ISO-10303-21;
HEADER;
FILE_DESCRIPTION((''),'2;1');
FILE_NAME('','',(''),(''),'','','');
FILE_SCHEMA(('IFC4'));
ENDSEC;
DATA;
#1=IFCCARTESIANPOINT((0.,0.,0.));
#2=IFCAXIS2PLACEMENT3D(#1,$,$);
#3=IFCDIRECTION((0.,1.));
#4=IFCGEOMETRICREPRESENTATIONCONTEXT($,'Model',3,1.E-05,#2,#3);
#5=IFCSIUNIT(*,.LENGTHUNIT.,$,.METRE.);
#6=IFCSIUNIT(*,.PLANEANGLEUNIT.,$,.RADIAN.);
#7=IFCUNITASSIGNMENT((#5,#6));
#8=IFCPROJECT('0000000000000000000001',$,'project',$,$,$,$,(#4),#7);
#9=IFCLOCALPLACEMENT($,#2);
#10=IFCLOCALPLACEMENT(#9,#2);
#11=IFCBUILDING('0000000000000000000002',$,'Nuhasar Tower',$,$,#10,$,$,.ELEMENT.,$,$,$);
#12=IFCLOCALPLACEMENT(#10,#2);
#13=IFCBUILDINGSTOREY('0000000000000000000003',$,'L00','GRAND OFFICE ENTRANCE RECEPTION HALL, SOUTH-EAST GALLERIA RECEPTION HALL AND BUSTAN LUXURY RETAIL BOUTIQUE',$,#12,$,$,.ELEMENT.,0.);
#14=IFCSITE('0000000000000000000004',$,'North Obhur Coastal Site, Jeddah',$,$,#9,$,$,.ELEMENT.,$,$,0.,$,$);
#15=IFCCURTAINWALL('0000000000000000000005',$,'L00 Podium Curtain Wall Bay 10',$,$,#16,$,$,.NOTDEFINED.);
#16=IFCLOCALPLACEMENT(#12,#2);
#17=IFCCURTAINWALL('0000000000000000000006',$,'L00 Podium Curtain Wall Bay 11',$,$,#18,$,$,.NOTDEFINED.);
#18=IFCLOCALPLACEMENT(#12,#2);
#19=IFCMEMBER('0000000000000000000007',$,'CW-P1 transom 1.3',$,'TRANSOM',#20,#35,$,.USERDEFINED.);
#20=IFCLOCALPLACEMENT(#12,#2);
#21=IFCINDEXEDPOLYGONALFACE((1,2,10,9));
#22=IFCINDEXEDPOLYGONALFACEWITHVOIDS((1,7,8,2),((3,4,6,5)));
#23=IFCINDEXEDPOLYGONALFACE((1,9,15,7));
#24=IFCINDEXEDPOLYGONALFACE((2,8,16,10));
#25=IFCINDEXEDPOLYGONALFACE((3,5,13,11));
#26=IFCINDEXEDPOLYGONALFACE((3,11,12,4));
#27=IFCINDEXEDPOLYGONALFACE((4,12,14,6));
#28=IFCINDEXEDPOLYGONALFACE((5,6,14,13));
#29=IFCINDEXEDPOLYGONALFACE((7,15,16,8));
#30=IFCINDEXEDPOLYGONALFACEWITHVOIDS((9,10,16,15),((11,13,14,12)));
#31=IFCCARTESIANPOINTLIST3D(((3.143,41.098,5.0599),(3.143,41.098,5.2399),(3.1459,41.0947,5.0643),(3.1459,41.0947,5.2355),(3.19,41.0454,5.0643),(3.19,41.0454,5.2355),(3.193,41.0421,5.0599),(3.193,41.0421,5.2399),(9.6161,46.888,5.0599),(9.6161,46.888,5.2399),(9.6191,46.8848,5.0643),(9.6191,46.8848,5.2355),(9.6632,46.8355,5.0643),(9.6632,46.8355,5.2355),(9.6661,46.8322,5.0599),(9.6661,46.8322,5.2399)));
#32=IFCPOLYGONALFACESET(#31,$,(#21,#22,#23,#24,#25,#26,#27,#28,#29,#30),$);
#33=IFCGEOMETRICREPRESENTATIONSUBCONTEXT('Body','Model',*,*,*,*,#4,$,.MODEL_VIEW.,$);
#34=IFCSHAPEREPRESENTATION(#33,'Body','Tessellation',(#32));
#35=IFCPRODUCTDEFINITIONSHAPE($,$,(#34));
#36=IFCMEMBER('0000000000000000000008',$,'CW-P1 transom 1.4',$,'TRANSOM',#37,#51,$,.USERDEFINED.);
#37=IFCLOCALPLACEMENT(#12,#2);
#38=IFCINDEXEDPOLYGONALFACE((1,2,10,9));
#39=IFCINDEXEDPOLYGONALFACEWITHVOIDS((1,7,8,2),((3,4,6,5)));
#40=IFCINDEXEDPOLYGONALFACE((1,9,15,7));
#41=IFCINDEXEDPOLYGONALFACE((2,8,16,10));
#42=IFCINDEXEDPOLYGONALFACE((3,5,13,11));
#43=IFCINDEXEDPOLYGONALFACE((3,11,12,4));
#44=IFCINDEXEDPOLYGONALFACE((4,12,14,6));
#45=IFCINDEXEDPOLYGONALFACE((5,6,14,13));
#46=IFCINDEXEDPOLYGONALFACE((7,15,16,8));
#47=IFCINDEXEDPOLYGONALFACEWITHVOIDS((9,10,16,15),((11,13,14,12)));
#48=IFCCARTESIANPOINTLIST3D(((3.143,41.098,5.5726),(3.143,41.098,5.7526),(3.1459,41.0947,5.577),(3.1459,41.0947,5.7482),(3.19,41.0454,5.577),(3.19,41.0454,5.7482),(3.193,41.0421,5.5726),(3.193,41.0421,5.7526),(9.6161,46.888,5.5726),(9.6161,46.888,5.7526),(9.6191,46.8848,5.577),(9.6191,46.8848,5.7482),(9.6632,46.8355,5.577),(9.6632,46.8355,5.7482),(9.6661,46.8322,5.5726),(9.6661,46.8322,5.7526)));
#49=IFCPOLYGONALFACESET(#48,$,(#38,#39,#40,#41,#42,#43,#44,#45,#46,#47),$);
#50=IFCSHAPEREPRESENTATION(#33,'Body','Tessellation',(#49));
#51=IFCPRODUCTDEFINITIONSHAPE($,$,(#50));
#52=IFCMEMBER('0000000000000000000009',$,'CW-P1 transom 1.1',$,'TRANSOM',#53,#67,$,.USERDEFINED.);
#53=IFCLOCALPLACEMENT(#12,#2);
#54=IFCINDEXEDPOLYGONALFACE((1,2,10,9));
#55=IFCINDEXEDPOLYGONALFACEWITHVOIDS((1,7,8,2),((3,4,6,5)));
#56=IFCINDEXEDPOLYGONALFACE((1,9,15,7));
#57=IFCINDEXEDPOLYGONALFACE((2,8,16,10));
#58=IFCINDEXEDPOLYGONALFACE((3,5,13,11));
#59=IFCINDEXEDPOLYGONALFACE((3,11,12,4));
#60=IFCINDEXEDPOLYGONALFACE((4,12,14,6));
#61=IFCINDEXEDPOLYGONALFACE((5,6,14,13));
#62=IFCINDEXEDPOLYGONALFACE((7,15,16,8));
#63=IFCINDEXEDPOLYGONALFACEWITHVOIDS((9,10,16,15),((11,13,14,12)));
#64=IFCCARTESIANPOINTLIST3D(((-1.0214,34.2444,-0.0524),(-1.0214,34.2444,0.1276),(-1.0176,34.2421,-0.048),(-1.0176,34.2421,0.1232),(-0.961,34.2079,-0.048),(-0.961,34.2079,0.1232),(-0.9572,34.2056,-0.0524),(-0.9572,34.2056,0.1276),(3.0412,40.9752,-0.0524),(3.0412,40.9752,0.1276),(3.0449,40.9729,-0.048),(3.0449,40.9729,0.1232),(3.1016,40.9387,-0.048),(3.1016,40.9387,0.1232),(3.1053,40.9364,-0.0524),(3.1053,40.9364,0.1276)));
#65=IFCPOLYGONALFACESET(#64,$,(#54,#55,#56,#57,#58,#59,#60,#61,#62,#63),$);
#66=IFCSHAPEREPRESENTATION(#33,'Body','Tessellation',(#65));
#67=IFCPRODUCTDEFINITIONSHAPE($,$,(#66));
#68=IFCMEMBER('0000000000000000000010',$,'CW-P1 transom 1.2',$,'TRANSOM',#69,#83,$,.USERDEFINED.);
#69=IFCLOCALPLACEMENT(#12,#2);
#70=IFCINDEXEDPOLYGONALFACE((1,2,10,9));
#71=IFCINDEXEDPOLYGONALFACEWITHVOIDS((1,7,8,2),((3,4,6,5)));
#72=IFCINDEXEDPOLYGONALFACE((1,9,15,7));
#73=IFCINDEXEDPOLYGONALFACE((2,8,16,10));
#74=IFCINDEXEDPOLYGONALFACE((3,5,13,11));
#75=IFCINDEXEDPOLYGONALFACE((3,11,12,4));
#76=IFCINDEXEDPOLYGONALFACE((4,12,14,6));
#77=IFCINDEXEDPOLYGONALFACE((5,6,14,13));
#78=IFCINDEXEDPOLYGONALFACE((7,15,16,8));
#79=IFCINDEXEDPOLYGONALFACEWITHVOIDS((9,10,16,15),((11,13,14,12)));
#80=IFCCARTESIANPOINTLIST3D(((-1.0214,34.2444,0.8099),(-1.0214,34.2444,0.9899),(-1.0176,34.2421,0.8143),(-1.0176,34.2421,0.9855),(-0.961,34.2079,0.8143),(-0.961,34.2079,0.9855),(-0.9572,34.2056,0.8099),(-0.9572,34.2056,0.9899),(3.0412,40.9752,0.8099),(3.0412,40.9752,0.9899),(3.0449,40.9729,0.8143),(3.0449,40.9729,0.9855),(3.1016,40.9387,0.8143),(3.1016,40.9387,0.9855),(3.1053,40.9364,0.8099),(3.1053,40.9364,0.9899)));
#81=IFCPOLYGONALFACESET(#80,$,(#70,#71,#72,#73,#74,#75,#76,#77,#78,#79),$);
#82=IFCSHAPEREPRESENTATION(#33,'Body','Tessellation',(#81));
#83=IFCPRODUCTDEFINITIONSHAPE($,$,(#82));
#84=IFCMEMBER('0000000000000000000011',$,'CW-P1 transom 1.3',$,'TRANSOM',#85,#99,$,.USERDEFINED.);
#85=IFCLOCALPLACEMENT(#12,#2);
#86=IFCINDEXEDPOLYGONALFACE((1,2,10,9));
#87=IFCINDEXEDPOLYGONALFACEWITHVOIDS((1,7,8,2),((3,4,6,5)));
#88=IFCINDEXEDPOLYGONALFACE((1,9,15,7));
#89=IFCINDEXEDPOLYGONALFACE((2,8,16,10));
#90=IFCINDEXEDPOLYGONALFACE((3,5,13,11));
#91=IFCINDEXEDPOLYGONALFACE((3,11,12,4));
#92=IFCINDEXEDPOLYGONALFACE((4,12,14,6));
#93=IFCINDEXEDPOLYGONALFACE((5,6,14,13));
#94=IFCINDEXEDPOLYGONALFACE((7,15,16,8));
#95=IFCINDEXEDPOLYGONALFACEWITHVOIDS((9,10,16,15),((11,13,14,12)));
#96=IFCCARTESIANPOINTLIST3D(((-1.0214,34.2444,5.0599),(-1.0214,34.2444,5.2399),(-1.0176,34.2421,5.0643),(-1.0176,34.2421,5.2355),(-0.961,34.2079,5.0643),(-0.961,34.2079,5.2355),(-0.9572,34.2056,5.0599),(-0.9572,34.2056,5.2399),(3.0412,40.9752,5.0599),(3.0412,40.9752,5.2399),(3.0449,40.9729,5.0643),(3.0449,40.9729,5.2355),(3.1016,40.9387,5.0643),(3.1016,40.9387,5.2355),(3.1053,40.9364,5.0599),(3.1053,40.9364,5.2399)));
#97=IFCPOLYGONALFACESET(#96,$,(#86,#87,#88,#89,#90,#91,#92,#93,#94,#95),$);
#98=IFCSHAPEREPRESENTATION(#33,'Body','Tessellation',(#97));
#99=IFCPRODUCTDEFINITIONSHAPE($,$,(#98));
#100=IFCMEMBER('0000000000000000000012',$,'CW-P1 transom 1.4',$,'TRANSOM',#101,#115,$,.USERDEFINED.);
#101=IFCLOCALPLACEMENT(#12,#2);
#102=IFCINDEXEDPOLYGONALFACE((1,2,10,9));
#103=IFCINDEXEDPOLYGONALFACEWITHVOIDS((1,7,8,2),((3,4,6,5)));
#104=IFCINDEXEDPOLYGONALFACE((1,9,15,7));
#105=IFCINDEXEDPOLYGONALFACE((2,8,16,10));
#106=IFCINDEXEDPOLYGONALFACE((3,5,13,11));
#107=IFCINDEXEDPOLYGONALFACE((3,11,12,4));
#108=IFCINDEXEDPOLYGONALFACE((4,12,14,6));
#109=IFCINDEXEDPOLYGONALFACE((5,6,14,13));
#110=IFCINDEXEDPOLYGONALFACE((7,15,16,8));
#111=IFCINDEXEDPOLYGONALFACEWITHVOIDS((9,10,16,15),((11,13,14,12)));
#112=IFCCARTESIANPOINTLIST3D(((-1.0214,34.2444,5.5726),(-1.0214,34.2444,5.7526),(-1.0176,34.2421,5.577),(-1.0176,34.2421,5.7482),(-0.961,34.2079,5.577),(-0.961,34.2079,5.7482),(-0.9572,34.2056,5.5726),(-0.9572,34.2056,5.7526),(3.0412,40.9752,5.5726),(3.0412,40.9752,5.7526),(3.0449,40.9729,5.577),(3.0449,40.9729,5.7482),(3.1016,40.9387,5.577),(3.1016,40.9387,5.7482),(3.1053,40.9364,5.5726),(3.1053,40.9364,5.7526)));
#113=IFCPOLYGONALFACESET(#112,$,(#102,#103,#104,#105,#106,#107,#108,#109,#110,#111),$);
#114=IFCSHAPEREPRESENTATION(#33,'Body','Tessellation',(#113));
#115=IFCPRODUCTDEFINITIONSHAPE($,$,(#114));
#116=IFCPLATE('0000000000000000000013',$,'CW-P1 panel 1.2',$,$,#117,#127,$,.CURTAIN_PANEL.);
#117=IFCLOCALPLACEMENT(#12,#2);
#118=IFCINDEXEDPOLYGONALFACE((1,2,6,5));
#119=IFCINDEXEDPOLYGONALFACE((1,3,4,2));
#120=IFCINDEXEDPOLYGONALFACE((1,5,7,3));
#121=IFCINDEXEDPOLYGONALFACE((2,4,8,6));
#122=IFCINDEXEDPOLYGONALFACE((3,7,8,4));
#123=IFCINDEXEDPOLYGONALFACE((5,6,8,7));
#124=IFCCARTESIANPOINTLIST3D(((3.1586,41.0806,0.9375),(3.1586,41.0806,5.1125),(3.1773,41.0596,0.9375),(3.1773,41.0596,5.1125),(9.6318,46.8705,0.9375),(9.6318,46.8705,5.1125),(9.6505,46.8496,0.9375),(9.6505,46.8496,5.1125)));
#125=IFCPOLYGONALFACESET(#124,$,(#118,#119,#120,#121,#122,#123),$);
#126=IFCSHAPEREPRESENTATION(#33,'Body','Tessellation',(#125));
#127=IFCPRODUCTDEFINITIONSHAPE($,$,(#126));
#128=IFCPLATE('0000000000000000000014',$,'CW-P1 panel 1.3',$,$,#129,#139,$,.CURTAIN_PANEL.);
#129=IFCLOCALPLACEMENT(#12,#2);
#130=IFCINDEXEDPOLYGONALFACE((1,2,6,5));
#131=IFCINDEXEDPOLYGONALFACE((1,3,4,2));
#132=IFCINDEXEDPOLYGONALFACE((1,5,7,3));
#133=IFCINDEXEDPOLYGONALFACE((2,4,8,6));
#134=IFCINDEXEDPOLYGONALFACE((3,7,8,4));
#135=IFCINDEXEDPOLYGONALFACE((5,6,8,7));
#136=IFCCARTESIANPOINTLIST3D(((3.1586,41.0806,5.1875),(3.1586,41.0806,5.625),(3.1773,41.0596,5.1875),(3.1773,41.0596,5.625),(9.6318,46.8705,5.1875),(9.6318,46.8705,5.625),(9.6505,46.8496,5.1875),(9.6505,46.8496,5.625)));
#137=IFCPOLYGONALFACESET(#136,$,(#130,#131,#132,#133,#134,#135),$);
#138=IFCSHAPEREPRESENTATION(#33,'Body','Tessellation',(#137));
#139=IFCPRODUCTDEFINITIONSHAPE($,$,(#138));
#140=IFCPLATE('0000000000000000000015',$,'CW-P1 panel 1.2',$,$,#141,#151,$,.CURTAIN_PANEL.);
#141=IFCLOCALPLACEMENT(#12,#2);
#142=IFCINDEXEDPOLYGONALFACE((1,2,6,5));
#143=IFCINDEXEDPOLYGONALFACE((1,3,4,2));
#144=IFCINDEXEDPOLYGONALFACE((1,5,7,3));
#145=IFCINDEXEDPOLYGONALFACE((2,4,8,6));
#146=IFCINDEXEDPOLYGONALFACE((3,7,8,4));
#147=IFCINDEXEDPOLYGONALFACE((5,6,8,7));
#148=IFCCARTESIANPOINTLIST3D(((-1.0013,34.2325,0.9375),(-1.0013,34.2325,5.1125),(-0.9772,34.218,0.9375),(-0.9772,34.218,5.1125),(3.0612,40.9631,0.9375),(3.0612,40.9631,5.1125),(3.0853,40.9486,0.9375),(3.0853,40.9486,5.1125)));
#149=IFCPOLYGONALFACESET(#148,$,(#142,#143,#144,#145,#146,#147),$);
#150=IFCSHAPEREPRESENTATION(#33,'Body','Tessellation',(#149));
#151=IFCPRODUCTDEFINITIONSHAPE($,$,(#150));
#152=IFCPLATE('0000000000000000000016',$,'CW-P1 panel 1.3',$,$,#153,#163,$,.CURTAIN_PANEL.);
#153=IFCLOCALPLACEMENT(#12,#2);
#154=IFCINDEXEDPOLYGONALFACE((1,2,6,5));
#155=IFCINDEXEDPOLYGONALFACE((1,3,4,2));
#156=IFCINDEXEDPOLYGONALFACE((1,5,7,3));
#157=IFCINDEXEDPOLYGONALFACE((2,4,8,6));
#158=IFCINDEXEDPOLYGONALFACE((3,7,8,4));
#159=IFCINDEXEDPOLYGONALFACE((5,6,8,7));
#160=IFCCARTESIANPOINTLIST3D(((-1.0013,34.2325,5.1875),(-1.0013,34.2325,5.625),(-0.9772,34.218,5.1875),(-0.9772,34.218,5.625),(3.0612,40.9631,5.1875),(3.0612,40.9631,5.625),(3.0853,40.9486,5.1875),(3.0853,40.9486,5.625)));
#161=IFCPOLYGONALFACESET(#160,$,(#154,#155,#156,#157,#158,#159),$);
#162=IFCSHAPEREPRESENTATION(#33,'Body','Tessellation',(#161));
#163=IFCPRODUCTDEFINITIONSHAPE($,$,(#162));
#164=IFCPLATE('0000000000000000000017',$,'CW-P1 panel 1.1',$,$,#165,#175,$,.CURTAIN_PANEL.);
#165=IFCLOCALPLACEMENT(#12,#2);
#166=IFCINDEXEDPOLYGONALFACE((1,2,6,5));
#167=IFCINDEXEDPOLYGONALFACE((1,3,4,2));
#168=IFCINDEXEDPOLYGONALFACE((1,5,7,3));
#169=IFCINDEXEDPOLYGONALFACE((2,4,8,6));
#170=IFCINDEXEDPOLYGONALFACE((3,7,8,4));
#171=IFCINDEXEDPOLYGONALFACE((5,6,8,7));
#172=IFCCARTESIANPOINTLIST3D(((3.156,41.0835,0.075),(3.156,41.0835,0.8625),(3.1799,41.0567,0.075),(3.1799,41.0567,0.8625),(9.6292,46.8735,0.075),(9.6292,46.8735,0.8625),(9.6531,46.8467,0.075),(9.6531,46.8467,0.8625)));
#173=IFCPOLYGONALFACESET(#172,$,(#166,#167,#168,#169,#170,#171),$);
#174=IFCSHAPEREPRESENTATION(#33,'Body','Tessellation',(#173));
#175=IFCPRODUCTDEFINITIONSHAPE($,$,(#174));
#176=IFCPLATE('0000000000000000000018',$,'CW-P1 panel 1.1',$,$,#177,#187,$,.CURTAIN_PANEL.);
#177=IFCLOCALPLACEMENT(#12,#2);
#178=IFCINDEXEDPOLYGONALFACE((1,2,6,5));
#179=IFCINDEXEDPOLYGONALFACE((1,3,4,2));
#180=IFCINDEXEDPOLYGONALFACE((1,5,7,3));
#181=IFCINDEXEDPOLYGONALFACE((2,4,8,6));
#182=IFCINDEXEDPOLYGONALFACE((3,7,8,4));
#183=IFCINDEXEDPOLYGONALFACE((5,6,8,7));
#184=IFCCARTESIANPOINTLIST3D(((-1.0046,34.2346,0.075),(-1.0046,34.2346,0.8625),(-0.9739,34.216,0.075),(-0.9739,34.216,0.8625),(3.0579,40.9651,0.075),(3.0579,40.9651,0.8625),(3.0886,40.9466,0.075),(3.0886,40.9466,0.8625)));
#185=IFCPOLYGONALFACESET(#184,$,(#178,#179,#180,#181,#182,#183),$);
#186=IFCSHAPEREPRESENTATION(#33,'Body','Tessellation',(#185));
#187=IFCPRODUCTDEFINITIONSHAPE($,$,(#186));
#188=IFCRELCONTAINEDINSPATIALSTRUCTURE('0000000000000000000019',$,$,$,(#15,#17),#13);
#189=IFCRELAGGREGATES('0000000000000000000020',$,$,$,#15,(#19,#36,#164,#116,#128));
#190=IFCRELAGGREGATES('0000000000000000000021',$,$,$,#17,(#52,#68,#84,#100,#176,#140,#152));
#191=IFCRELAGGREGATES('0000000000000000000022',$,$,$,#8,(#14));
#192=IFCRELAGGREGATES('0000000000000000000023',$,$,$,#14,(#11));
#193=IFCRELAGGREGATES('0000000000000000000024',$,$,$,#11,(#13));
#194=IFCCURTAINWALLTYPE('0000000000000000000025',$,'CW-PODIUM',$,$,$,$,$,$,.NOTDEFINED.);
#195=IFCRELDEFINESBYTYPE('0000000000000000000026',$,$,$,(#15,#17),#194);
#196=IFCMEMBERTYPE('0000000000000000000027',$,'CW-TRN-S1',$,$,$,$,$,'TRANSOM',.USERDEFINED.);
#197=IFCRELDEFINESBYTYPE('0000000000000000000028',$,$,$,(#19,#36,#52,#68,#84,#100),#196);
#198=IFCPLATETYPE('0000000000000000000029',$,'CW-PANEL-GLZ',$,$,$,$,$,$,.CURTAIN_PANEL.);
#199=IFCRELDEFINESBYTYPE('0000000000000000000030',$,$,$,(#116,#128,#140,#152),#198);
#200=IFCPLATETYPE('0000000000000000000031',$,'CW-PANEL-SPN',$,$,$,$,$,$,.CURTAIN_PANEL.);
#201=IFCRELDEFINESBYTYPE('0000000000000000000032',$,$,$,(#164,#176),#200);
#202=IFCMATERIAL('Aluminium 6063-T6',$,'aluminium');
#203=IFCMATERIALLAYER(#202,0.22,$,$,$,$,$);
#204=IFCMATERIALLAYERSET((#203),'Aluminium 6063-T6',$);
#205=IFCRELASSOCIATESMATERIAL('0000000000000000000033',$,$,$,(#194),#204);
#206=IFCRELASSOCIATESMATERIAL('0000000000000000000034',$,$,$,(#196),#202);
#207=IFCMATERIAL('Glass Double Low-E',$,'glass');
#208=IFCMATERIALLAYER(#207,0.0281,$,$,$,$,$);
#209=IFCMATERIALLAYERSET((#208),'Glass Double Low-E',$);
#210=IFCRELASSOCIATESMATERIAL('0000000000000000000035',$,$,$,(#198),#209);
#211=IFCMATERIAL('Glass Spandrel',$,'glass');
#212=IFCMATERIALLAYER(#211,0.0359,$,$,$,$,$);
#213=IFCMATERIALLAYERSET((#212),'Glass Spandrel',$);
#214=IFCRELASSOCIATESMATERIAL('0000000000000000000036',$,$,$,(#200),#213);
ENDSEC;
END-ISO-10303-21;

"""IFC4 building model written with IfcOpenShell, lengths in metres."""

from ifc_helpers import new_model, si_unit, direction, frame, origin, origin_2d, place, context, subcontext, project, spatial, rectangle, hollow_rectangle, extrude, material, layer, layer_set, material_profile, profile_set, type_object, element, aggregate, save


model = new_model("IFC4")

# Units and contexts
model_context = context("Model", 3, precision=1e-05, world=origin(), true_north=direction((0.0, 1.0)))
body_context = subcontext(model_context, "Body", "Model", "MODEL_VIEW")
ifc_project = project(units=[si_unit("LENGTHUNIT", "METRE"), si_unit("PLANEANGLEUNIT", "RADIAN")], contexts=[model_context])

# Site, building, storey
site_placement = place(None, origin())
site = spatial("IfcSite", under=ifc_project, at=site_placement, Name="North Obhur Coastal Site, Jeddah", CompositionType="ELEMENT", RefElevation=0.0)
building_placement = place(site_placement, origin())
building = spatial("IfcBuilding", under=site, at=building_placement, Name="Nuhasar Tower", CompositionType="ELEMENT")
storey_placement = place(building_placement, origin())
storey = spatial("IfcBuildingStorey", under=building, at=storey_placement, Name="L00", Description="GRAND OFFICE ENTRANCE RECEPTION HALL, SOUTH-EAST GALLERIA RECEPTION HALL AND BUSTAN LUXURY RETAIL BOUTIQUE", CompositionType="ELEMENT", Elevation=0.0)

# Shared definitions
ifc_material_1 = material(Name="Aluminium 6063-T6", Category="aluminium")
ifc_layer_1 = layer(ifc_material_1, 0.22)
ifc_layer_set_1 = layer_set([ifc_layer_1], Name="Aluminium 6063-T6")
curtain_wall_type = type_object("IfcCurtainWallType", Name="CW-PODIUM", PredefinedType="NOTDEFINED", material=ifc_layer_set_1)

# Curtain walls
curtain_wall_1_placement = place(storey_placement, origin())
curtain_wall_1 = element("IfcCurtainWall", 1, at=curtain_wall_1_placement, inside=storey, type_object=curtain_wall_type, Name="L00 Podium Curtain Wall Bay 10", PredefinedType="NOTDEFINED")
curtain_wall_2_placement = place(storey_placement, origin())
curtain_wall_2 = element("IfcCurtainWall", 2, at=curtain_wall_2_placement, inside=storey, type_object=curtain_wall_type, Name="L00 Podium Curtain Wall Bay 11", PredefinedType="NOTDEFINED")

# Members
ifc_material_profile_1 = material_profile(ifc_material_1, hollow_rectangle(XDim=0.075, YDim=0.1799, WallThickness=0.0044, at=origin_2d()), Name="CWT-1")
ifc_profile_set_1 = profile_set([ifc_material_profile_1], Name="Aluminium 6063-T6")
member_type_1 = type_object("IfcMemberType", Name="CW-TRN-S1", ElementType="TRANSOM", PredefinedType="USERDEFINED", material=ifc_profile_set_1)
member_1_placement = place(storey_placement, frame((9.6411, 46.8601, 5.1499), z_axis=(-0.74534, -0.666685, 0.0), x_axis=(0.666685, -0.74534, 0.0)))
member_1 = element("IfcMember", 3, at=member_1_placement, type_object=member_type_1, Name="CW-P1 transom 1.3", ObjectType="TRANSOM", PredefinedType="USERDEFINED", context=body_context, shape_type="SweptSolid", body=[
    extrude(hollow_rectangle(XDim=0.075, YDim=0.1799, WallThickness=0.0044, at=origin_2d()), origin(), (0.0, 0.0, 1.0), 8.6848),
])
member_2_placement = place(storey_placement, frame((9.6411, 46.8601, 5.6626), z_axis=(-0.74534, -0.666685, 0.0), x_axis=(0.666685, -0.74534, 0.0)))
member_2 = element("IfcMember", 4, at=member_2_placement, type_object=member_type_1, Name="CW-P1 transom 1.4", ObjectType="TRANSOM", PredefinedType="USERDEFINED", context=body_context, shape_type="SweptSolid", body=[
    extrude(hollow_rectangle(XDim=0.075, YDim=0.1799, WallThickness=0.0044, at=origin_2d()), origin(), (0.0, 0.0, 1.0), 8.6848),
])
member_3_placement = place(storey_placement, frame((3.0732, 40.9558, 0.0376), z_axis=(-0.516745, -0.856139, 0.0), x_axis=(0.856139, -0.516745, 0.0)))
member_3 = element("IfcMember", 5, at=member_3_placement, type_object=member_type_1, Name="CW-P1 transom 1.1", ObjectType="TRANSOM", PredefinedType="USERDEFINED", context=body_context, shape_type="SweptSolid", body=[
    extrude(hollow_rectangle(XDim=0.075, YDim=0.1799, WallThickness=0.0044, at=origin_2d()), origin(), (0.0, 0.0, 1.0), 7.8618),
])
member_4_placement = place(storey_placement, frame((3.0732, 40.9558, 0.8999), z_axis=(-0.516745, -0.856139, 0.0), x_axis=(0.856139, -0.516745, 0.0)))
member_4 = element("IfcMember", 6, at=member_4_placement, type_object=member_type_1, Name="CW-P1 transom 1.2", ObjectType="TRANSOM", PredefinedType="USERDEFINED", context=body_context, shape_type="SweptSolid", body=[
    extrude(hollow_rectangle(XDim=0.075, YDim=0.1799, WallThickness=0.0044, at=origin_2d()), origin(), (0.0, 0.0, 1.0), 7.8618),
])
member_5_placement = place(storey_placement, frame((3.0732, 40.9558, 5.1499), z_axis=(-0.516745, -0.856139, 0.0), x_axis=(0.856139, -0.516745, 0.0)))
member_5 = element("IfcMember", 7, at=member_5_placement, type_object=member_type_1, Name="CW-P1 transom 1.3", ObjectType="TRANSOM", PredefinedType="USERDEFINED", context=body_context, shape_type="SweptSolid", body=[
    extrude(hollow_rectangle(XDim=0.075, YDim=0.1799, WallThickness=0.0044, at=origin_2d()), origin(), (0.0, 0.0, 1.0), 7.8618),
])
member_6_placement = place(storey_placement, frame((3.0732, 40.9558, 5.6626), z_axis=(-0.516745, -0.856139, 0.0), x_axis=(0.856139, -0.516745, 0.0)))
member_6 = element("IfcMember", 8, at=member_6_placement, type_object=member_type_1, Name="CW-P1 transom 1.4", ObjectType="TRANSOM", PredefinedType="USERDEFINED", context=body_context, shape_type="SweptSolid", body=[
    extrude(hollow_rectangle(XDim=0.075, YDim=0.1799, WallThickness=0.0044, at=origin_2d()), origin(), (0.0, 0.0, 1.0), 7.8618),
])

# Plates
ifc_material_2 = material(Name="Glass Double Low-E", Category="glass")
ifc_layer_2 = layer(ifc_material_2, 0.0281)
ifc_layer_set_2 = layer_set([ifc_layer_2], Name="Glass Double Low-E")
plate_type_1 = type_object("IfcPlateType", Name="CW-PANEL-GLZ", PredefinedType="CURTAIN_PANEL", material=ifc_layer_set_2)
plate_1_placement = place(storey_placement, frame((6.4045, 43.9651, 0.9375), z_axis=(0.0, 0.0, 1.0), x_axis=(-0.745345, -0.666679, 0.0)))
plate_1 = element("IfcPlate", 9, at=plate_1_placement, type_object=plate_type_1, Name="CW-P1 panel 1.2", PredefinedType="CURTAIN_PANEL", context=body_context, shape_type="SweptSolid", body=[
    extrude(rectangle(XDim=8.6848, YDim=0.0281, at=origin_2d()), origin(), (0.0, 0.0, 1.0), 4.175),
])
plate_2_placement = place(storey_placement, frame((6.4045, 43.9651, 5.1875), z_axis=(0.0, 0.0, 1.0), x_axis=(-0.745345, -0.666679, 0.0)))
plate_2 = element("IfcPlate", 10, at=plate_2_placement, type_object=plate_type_1, Name="CW-P1 panel 1.3", PredefinedType="CURTAIN_PANEL", context=body_context, shape_type="SweptSolid", body=[
    extrude(rectangle(XDim=8.6848, YDim=0.0281, at=origin_2d()), origin(), (0.0, 0.0, 1.0), 0.4375),
])
plate_3_placement = place(storey_placement, frame((1.042, 37.5906, 0.9375), z_axis=(0.0, 0.0, 1.0), x_axis=(-0.516752, -0.856135, 0.0)))
plate_3 = element("IfcPlate", 11, at=plate_3_placement, type_object=plate_type_1, Name="CW-P1 panel 1.2", PredefinedType="CURTAIN_PANEL", context=body_context, shape_type="SweptSolid", body=[
    extrude(rectangle(XDim=7.8616, YDim=0.0281, at=origin_2d()), origin(), (0.0, 0.0, 1.0), 4.175),
])
plate_4_placement = place(storey_placement, frame((1.042, 37.5906, 5.1875), z_axis=(0.0, 0.0, 1.0), x_axis=(-0.516752, -0.856135, 0.0)))
plate_4 = element("IfcPlate", 12, at=plate_4_placement, type_object=plate_type_1, Name="CW-P1 panel 1.3", PredefinedType="CURTAIN_PANEL", context=body_context, shape_type="SweptSolid", body=[
    extrude(rectangle(XDim=7.8616, YDim=0.0281, at=origin_2d()), origin(), (0.0, 0.0, 1.0), 0.4375),
])
ifc_material_3 = material(Name="Glass Spandrel", Category="glass")
ifc_layer_3 = layer(ifc_material_3, 0.0359)
ifc_layer_set_3 = layer_set([ifc_layer_3], Name="Glass Spandrel")
plate_type_2 = type_object("IfcPlateType", Name="CW-PANEL-SPN", PredefinedType="CURTAIN_PANEL", material=ifc_layer_set_3)
plate_5_placement = place(storey_placement, frame((6.4045, 43.9651, 0.075), z_axis=(0.0, 0.0, 1.0), x_axis=(-0.745345, -0.666679, 0.0)))
plate_5 = element("IfcPlate", 13, at=plate_5_placement, type_object=plate_type_2, Name="CW-P1 panel 1.1", PredefinedType="CURTAIN_PANEL", context=body_context, shape_type="SweptSolid", body=[
    extrude(rectangle(XDim=8.6848, YDim=0.0359, at=origin_2d()), origin(), (0.0, 0.0, 1.0), 0.7876),
])
aggregate(curtain_wall_1, [member_1, member_2, plate_5, plate_1, plate_2])
plate_6_placement = place(storey_placement, frame((1.042, 37.5906, 0.075), z_axis=(0.0, 0.0, 1.0), x_axis=(-0.516752, -0.856135, 0.0)))
plate_6 = element("IfcPlate", 14, at=plate_6_placement, type_object=plate_type_2, Name="CW-P1 panel 1.1", PredefinedType="CURTAIN_PANEL", context=body_context, shape_type="SweptSolid", body=[
    extrude(rectangle(XDim=7.8616, YDim=0.0359, at=origin_2d()), origin(), (0.0, 0.0, 1.0), 0.7876),
])
aggregate(curtain_wall_2, [member_3, member_4, member_5, member_6, plate_6, plate_3, plate_4])

save(model, "model.ifc")
